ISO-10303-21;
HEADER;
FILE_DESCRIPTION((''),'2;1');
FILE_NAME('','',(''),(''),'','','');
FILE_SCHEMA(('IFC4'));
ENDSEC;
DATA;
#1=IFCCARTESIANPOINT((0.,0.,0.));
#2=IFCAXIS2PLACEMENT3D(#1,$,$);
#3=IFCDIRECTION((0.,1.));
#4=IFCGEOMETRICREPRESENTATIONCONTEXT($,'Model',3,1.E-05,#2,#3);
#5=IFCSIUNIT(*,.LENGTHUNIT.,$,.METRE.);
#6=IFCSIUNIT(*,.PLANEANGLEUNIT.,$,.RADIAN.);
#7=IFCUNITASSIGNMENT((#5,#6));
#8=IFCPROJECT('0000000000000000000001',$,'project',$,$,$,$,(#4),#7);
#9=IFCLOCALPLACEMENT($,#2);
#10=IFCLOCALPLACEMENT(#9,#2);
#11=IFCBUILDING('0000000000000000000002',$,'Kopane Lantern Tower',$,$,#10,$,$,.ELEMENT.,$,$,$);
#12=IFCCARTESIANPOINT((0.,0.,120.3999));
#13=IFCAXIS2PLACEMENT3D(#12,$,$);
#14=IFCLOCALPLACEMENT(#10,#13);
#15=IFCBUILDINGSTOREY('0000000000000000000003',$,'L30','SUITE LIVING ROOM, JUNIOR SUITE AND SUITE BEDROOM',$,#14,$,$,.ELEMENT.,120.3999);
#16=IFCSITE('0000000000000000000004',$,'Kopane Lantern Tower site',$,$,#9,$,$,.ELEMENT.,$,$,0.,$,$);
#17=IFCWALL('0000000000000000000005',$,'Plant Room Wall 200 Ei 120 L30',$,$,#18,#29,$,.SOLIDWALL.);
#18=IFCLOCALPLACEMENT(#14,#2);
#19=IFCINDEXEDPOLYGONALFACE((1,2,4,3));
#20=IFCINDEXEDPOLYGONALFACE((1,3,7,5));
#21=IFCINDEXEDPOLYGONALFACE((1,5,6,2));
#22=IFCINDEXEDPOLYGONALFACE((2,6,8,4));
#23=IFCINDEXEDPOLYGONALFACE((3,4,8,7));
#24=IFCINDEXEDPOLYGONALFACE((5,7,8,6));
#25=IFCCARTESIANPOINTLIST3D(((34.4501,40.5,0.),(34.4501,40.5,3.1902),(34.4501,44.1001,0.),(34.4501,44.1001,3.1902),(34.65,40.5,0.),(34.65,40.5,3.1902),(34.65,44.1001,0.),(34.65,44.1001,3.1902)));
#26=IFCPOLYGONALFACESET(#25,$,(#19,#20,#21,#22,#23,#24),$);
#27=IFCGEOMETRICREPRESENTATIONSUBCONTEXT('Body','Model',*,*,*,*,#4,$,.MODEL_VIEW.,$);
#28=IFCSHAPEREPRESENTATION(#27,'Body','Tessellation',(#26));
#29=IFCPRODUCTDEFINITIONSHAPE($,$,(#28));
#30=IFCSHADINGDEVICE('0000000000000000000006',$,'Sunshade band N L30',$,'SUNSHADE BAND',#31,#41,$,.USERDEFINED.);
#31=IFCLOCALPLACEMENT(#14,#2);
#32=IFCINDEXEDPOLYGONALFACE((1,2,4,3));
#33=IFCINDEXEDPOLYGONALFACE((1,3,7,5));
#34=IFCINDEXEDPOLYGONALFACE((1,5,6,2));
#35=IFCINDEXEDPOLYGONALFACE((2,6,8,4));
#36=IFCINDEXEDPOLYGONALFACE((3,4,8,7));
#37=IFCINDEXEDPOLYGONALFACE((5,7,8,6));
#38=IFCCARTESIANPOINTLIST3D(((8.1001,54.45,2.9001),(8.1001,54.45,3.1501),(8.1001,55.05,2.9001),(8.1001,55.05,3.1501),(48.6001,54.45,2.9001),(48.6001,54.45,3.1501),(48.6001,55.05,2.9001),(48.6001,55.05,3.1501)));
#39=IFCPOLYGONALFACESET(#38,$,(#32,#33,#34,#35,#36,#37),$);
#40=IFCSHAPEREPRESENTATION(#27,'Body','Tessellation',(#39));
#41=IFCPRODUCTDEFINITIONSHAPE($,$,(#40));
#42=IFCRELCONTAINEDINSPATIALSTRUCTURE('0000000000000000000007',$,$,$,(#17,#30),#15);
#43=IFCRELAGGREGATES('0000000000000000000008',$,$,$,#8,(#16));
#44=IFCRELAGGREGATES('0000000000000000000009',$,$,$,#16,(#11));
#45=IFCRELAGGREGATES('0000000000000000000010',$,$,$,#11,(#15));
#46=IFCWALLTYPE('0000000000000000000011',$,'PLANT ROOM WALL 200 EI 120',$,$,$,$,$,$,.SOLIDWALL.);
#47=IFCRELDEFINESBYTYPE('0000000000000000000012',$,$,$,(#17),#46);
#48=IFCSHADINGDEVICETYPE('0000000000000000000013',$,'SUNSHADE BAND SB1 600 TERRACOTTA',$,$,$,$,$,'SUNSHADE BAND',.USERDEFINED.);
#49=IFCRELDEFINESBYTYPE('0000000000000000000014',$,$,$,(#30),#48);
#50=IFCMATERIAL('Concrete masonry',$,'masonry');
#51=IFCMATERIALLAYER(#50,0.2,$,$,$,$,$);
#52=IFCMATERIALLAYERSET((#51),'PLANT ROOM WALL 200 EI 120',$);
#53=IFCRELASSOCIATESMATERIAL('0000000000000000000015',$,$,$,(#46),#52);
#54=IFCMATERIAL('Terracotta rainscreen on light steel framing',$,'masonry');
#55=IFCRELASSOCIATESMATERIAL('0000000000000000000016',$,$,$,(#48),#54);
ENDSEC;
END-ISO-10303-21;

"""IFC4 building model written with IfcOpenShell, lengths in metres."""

from ifc_helpers import new_model, si_unit, direction, frame, frame_2d, origin, origin_2d, place, context, subcontext, project, spatial, rectangle, extrude, material, layer, layer_set, type_object, element, save


model = new_model("IFC4")

# Units and contexts
model_context = context("Model", 3, precision=1e-05, world=origin(), true_north=direction((0.0, 1.0)))
body_context = subcontext(model_context, "Body", "Model", "MODEL_VIEW")
ifc_project = project(units=[si_unit("LENGTHUNIT", "METRE"), si_unit("PLANEANGLEUNIT", "RADIAN")], contexts=[model_context])

# Site, building, storey
site_placement = place(None, origin())
site = spatial("IfcSite", under=ifc_project, at=site_placement, Name="Kopane Lantern Tower site", CompositionType="ELEMENT", RefElevation=0.0)
building_placement = place(site_placement, origin())
building = spatial("IfcBuilding", under=site, at=building_placement, Name="Kopane Lantern Tower", CompositionType="ELEMENT")
storey_placement = place(building_placement, frame((0.0, 0.0, 120.3999)))
storey = spatial("IfcBuildingStorey", under=building, at=storey_placement, Name="L30", Description="SUITE LIVING ROOM, JUNIOR SUITE AND SUITE BEDROOM", CompositionType="ELEMENT", Elevation=120.3999)

# Wall
ifc_material_1 = material(Name="Concrete masonry", Category="masonry")
ifc_layer_1 = layer(ifc_material_1, 0.2)
ifc_layer_set_1 = layer_set([ifc_layer_1], Name="PLANT ROOM WALL 200 EI 120")
wall_type_1 = type_object("IfcWallType", Name="PLANT ROOM WALL 200 EI 120", PredefinedType="SOLIDWALL", material=ifc_layer_set_1)
wall_1_placement = place(storey_placement, frame((34.55, 44.1001, 0.0), z_axis=(0.0, 0.0, 1.0), x_axis=(0.0, -1.0, 0.0)))
element("IfcWall", 1, at=wall_1_placement, inside=storey, type_object=wall_type_1, Name="Plant Room Wall 200 Ei 120 L30", PredefinedType="SOLIDWALL", context=body_context, shape_type="SweptSolid", body=[
    extrude(rectangle(XDim=3.6001, YDim=0.2, at=frame_2d((1.8, 0.0))), origin(), (0.0, 0.0, 1.0), 3.1902),
])

# Shading device
ifc_material_2 = material(Name="Terracotta rainscreen on light steel framing", Category="masonry")
shading_device_type = type_object("IfcShadingDeviceType", Name="SUNSHADE BAND SB1 600 TERRACOTTA", ElementType="SUNSHADE BAND", PredefinedType="USERDEFINED", material=ifc_material_2)
shading_device_placement = place(storey_placement, frame((28.3501, 54.75, 2.9001), z_axis=(0.0, 0.0, 1.0), x_axis=(-1.0, 0.0, 0.0)))
element("IfcShadingDevice", 2, at=shading_device_placement, inside=storey, type_object=shading_device_type, Name="Sunshade band N L30", ObjectType="SUNSHADE BAND", PredefinedType="USERDEFINED", context=body_context, shape_type="SweptSolid", body=[
    extrude(rectangle(XDim=40.5, YDim=0.6001, at=origin_2d()), origin(), (0.0, 0.0, 1.0), 0.25),
])

save(model, "model.ifc")
